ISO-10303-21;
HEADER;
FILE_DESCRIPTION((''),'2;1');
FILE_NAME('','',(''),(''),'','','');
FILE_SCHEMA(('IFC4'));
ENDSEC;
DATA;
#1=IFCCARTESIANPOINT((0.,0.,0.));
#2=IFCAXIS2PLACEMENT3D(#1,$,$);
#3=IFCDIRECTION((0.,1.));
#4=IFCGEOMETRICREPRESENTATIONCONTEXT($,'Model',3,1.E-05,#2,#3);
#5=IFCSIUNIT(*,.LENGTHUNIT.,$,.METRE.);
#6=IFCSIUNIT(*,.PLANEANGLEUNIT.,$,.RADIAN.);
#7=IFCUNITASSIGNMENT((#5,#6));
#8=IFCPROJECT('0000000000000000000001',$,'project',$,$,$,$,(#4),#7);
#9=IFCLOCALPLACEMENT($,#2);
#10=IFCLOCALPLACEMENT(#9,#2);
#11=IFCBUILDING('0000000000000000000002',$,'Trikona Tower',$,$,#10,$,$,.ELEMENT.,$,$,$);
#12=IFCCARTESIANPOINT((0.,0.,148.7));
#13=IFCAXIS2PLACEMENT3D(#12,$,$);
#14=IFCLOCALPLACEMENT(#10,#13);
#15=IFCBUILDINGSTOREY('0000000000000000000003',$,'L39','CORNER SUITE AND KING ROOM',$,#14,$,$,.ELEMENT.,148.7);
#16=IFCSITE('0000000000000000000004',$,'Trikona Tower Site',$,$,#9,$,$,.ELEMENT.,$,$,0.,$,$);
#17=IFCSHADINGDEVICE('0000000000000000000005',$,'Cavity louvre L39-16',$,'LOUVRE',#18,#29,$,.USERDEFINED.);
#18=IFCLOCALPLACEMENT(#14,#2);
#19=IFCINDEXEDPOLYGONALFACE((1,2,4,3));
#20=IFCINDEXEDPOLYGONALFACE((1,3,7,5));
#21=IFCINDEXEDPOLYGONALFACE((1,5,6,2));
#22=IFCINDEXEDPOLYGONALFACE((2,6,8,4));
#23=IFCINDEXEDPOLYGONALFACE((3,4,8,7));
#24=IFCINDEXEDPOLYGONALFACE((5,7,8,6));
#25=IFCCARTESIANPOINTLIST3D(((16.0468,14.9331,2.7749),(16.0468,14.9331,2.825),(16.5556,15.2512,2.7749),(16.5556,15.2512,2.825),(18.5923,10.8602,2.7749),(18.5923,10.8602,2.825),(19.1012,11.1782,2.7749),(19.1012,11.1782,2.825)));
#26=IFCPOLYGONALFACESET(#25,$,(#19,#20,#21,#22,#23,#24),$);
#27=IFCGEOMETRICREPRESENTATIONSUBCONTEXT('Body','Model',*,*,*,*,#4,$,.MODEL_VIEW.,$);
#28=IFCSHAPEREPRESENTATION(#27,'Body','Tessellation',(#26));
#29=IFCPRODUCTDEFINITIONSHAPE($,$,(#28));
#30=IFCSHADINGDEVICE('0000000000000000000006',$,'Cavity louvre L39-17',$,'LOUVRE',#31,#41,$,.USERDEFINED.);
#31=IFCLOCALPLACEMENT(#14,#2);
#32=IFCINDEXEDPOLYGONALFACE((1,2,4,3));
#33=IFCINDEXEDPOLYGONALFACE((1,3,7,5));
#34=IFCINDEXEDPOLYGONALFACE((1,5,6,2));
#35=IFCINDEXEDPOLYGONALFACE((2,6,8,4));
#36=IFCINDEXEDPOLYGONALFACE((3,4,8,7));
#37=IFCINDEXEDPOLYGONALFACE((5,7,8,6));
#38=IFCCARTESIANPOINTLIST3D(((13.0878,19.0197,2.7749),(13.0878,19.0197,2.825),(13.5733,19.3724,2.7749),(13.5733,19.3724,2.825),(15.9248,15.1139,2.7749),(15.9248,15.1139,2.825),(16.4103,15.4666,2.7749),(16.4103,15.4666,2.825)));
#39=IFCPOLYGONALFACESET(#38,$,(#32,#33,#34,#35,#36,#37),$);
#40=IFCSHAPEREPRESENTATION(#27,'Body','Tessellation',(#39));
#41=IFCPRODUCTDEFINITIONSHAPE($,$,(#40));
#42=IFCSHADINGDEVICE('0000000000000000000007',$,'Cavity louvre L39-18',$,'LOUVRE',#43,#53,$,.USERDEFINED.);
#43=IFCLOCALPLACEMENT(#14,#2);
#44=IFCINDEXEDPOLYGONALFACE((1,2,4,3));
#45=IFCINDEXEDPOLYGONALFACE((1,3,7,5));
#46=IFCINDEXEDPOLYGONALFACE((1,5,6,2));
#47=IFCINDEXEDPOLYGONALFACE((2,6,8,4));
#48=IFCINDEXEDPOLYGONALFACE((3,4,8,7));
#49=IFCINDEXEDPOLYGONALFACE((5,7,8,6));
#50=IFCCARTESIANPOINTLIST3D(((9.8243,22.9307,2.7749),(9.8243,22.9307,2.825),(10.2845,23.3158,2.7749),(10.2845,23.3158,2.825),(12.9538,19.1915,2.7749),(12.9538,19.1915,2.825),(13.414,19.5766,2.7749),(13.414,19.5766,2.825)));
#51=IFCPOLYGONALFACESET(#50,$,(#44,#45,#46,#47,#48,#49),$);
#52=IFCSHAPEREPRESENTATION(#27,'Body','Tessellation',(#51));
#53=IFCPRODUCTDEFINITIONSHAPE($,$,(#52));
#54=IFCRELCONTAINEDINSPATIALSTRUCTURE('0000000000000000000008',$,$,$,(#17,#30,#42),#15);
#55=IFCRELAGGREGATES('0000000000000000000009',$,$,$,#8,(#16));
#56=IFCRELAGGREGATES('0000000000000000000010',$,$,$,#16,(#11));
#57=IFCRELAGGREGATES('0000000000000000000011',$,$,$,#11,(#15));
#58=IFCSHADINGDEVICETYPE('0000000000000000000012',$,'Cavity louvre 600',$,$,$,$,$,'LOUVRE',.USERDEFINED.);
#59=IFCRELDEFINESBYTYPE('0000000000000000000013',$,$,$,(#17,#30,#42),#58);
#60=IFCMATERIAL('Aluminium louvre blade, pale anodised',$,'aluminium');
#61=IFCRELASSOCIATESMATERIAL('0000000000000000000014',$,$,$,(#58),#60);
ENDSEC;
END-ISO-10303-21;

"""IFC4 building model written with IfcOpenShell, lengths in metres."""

from ifc_helpers import new_model, si_unit, direction, frame, origin, origin_2d, place, context, subcontext, project, spatial, rectangle, extrude, material, type_object, element, save


model = new_model("IFC4")

# Units and contexts
model_context = context("Model", 3, precision=1e-05, world=origin(), true_north=direction((0.0, 1.0)))
body_context = subcontext(model_context, "Body", "Model", "MODEL_VIEW")
ifc_project = project(units=[si_unit("LENGTHUNIT", "METRE"), si_unit("PLANEANGLEUNIT", "RADIAN")], contexts=[model_context])

# Site, building, storey
site_placement = place(None, origin())
site = spatial("IfcSite", under=ifc_project, at=site_placement, Name="Trikona Tower Site", CompositionType="ELEMENT", RefElevation=0.0)
building_placement = place(site_placement, origin())
building = spatial("IfcBuilding", under=site, at=building_placement, Name="Trikona Tower", CompositionType="ELEMENT")
storey_placement = place(building_placement, frame((0.0, 0.0, 148.7)))
storey = spatial("IfcBuildingStorey", under=building, at=storey_placement, Name="L39", Description="CORNER SUITE AND KING ROOM", CompositionType="ELEMENT", Elevation=148.7)

# Shading devices
ifc_material_1 = material(Name="Aluminium louvre blade, pale anodised", Category="aluminium")
shading_device_type = type_object("IfcShadingDeviceType", Name="Cavity louvre 600", ElementType="LOUVRE", PredefinedType="USERDEFINED", material=ifc_material_1)
shading_device_1_placement = place(storey_placement, frame((17.574, 13.0557, 2.7749), z_axis=(0.0, 0.0, 1.0), x_axis=(-0.529995, 0.848001, 0.0)))
element("IfcShadingDevice", 1, at=shading_device_1_placement, inside=storey, type_object=shading_device_type, Name="Cavity louvre L39-16", ObjectType="LOUVRE", PredefinedType="USERDEFINED", context=body_context, shape_type="SweptSolid", body=[
    extrude(rectangle(XDim=4.803, YDim=0.6001, at=origin_2d()), origin(), (0.0, 0.0, 1.0), 0.05),
])
shading_device_2_placement = place(storey_placement, frame((14.749, 17.2432, 2.7749), z_axis=(0.0, 0.0, 1.0), x_axis=(-0.587686, 0.809089, 0.0)))
element("IfcShadingDevice", 2, at=shading_device_2_placement, inside=storey, type_object=shading_device_type, Name="Cavity louvre L39-17", ObjectType="LOUVRE", PredefinedType="USERDEFINED", context=body_context, shape_type="SweptSolid", body=[
    extrude(rectangle(XDim=4.8274, YDim=0.6001, at=origin_2d()), origin(), (0.0, 0.0, 1.0), 0.05),
])
shading_device_3_placement = place(storey_placement, frame((11.6191, 21.2537, 2.7749), z_axis=(0.0, 0.0, 1.0), x_axis=(-0.641807, 0.766866, 0.0)))
element("IfcShadingDevice", 3, at=shading_device_3_placement, inside=storey, type_object=shading_device_type, Name="Cavity louvre L39-18", ObjectType="LOUVRE", PredefinedType="USERDEFINED", context=body_context, shape_type="SweptSolid", body=[
    extrude(rectangle(XDim=4.876, YDim=0.6001, at=origin_2d()), origin(), (0.0, 0.0, 1.0), 0.05),
])

save(model, "model.ifc")
